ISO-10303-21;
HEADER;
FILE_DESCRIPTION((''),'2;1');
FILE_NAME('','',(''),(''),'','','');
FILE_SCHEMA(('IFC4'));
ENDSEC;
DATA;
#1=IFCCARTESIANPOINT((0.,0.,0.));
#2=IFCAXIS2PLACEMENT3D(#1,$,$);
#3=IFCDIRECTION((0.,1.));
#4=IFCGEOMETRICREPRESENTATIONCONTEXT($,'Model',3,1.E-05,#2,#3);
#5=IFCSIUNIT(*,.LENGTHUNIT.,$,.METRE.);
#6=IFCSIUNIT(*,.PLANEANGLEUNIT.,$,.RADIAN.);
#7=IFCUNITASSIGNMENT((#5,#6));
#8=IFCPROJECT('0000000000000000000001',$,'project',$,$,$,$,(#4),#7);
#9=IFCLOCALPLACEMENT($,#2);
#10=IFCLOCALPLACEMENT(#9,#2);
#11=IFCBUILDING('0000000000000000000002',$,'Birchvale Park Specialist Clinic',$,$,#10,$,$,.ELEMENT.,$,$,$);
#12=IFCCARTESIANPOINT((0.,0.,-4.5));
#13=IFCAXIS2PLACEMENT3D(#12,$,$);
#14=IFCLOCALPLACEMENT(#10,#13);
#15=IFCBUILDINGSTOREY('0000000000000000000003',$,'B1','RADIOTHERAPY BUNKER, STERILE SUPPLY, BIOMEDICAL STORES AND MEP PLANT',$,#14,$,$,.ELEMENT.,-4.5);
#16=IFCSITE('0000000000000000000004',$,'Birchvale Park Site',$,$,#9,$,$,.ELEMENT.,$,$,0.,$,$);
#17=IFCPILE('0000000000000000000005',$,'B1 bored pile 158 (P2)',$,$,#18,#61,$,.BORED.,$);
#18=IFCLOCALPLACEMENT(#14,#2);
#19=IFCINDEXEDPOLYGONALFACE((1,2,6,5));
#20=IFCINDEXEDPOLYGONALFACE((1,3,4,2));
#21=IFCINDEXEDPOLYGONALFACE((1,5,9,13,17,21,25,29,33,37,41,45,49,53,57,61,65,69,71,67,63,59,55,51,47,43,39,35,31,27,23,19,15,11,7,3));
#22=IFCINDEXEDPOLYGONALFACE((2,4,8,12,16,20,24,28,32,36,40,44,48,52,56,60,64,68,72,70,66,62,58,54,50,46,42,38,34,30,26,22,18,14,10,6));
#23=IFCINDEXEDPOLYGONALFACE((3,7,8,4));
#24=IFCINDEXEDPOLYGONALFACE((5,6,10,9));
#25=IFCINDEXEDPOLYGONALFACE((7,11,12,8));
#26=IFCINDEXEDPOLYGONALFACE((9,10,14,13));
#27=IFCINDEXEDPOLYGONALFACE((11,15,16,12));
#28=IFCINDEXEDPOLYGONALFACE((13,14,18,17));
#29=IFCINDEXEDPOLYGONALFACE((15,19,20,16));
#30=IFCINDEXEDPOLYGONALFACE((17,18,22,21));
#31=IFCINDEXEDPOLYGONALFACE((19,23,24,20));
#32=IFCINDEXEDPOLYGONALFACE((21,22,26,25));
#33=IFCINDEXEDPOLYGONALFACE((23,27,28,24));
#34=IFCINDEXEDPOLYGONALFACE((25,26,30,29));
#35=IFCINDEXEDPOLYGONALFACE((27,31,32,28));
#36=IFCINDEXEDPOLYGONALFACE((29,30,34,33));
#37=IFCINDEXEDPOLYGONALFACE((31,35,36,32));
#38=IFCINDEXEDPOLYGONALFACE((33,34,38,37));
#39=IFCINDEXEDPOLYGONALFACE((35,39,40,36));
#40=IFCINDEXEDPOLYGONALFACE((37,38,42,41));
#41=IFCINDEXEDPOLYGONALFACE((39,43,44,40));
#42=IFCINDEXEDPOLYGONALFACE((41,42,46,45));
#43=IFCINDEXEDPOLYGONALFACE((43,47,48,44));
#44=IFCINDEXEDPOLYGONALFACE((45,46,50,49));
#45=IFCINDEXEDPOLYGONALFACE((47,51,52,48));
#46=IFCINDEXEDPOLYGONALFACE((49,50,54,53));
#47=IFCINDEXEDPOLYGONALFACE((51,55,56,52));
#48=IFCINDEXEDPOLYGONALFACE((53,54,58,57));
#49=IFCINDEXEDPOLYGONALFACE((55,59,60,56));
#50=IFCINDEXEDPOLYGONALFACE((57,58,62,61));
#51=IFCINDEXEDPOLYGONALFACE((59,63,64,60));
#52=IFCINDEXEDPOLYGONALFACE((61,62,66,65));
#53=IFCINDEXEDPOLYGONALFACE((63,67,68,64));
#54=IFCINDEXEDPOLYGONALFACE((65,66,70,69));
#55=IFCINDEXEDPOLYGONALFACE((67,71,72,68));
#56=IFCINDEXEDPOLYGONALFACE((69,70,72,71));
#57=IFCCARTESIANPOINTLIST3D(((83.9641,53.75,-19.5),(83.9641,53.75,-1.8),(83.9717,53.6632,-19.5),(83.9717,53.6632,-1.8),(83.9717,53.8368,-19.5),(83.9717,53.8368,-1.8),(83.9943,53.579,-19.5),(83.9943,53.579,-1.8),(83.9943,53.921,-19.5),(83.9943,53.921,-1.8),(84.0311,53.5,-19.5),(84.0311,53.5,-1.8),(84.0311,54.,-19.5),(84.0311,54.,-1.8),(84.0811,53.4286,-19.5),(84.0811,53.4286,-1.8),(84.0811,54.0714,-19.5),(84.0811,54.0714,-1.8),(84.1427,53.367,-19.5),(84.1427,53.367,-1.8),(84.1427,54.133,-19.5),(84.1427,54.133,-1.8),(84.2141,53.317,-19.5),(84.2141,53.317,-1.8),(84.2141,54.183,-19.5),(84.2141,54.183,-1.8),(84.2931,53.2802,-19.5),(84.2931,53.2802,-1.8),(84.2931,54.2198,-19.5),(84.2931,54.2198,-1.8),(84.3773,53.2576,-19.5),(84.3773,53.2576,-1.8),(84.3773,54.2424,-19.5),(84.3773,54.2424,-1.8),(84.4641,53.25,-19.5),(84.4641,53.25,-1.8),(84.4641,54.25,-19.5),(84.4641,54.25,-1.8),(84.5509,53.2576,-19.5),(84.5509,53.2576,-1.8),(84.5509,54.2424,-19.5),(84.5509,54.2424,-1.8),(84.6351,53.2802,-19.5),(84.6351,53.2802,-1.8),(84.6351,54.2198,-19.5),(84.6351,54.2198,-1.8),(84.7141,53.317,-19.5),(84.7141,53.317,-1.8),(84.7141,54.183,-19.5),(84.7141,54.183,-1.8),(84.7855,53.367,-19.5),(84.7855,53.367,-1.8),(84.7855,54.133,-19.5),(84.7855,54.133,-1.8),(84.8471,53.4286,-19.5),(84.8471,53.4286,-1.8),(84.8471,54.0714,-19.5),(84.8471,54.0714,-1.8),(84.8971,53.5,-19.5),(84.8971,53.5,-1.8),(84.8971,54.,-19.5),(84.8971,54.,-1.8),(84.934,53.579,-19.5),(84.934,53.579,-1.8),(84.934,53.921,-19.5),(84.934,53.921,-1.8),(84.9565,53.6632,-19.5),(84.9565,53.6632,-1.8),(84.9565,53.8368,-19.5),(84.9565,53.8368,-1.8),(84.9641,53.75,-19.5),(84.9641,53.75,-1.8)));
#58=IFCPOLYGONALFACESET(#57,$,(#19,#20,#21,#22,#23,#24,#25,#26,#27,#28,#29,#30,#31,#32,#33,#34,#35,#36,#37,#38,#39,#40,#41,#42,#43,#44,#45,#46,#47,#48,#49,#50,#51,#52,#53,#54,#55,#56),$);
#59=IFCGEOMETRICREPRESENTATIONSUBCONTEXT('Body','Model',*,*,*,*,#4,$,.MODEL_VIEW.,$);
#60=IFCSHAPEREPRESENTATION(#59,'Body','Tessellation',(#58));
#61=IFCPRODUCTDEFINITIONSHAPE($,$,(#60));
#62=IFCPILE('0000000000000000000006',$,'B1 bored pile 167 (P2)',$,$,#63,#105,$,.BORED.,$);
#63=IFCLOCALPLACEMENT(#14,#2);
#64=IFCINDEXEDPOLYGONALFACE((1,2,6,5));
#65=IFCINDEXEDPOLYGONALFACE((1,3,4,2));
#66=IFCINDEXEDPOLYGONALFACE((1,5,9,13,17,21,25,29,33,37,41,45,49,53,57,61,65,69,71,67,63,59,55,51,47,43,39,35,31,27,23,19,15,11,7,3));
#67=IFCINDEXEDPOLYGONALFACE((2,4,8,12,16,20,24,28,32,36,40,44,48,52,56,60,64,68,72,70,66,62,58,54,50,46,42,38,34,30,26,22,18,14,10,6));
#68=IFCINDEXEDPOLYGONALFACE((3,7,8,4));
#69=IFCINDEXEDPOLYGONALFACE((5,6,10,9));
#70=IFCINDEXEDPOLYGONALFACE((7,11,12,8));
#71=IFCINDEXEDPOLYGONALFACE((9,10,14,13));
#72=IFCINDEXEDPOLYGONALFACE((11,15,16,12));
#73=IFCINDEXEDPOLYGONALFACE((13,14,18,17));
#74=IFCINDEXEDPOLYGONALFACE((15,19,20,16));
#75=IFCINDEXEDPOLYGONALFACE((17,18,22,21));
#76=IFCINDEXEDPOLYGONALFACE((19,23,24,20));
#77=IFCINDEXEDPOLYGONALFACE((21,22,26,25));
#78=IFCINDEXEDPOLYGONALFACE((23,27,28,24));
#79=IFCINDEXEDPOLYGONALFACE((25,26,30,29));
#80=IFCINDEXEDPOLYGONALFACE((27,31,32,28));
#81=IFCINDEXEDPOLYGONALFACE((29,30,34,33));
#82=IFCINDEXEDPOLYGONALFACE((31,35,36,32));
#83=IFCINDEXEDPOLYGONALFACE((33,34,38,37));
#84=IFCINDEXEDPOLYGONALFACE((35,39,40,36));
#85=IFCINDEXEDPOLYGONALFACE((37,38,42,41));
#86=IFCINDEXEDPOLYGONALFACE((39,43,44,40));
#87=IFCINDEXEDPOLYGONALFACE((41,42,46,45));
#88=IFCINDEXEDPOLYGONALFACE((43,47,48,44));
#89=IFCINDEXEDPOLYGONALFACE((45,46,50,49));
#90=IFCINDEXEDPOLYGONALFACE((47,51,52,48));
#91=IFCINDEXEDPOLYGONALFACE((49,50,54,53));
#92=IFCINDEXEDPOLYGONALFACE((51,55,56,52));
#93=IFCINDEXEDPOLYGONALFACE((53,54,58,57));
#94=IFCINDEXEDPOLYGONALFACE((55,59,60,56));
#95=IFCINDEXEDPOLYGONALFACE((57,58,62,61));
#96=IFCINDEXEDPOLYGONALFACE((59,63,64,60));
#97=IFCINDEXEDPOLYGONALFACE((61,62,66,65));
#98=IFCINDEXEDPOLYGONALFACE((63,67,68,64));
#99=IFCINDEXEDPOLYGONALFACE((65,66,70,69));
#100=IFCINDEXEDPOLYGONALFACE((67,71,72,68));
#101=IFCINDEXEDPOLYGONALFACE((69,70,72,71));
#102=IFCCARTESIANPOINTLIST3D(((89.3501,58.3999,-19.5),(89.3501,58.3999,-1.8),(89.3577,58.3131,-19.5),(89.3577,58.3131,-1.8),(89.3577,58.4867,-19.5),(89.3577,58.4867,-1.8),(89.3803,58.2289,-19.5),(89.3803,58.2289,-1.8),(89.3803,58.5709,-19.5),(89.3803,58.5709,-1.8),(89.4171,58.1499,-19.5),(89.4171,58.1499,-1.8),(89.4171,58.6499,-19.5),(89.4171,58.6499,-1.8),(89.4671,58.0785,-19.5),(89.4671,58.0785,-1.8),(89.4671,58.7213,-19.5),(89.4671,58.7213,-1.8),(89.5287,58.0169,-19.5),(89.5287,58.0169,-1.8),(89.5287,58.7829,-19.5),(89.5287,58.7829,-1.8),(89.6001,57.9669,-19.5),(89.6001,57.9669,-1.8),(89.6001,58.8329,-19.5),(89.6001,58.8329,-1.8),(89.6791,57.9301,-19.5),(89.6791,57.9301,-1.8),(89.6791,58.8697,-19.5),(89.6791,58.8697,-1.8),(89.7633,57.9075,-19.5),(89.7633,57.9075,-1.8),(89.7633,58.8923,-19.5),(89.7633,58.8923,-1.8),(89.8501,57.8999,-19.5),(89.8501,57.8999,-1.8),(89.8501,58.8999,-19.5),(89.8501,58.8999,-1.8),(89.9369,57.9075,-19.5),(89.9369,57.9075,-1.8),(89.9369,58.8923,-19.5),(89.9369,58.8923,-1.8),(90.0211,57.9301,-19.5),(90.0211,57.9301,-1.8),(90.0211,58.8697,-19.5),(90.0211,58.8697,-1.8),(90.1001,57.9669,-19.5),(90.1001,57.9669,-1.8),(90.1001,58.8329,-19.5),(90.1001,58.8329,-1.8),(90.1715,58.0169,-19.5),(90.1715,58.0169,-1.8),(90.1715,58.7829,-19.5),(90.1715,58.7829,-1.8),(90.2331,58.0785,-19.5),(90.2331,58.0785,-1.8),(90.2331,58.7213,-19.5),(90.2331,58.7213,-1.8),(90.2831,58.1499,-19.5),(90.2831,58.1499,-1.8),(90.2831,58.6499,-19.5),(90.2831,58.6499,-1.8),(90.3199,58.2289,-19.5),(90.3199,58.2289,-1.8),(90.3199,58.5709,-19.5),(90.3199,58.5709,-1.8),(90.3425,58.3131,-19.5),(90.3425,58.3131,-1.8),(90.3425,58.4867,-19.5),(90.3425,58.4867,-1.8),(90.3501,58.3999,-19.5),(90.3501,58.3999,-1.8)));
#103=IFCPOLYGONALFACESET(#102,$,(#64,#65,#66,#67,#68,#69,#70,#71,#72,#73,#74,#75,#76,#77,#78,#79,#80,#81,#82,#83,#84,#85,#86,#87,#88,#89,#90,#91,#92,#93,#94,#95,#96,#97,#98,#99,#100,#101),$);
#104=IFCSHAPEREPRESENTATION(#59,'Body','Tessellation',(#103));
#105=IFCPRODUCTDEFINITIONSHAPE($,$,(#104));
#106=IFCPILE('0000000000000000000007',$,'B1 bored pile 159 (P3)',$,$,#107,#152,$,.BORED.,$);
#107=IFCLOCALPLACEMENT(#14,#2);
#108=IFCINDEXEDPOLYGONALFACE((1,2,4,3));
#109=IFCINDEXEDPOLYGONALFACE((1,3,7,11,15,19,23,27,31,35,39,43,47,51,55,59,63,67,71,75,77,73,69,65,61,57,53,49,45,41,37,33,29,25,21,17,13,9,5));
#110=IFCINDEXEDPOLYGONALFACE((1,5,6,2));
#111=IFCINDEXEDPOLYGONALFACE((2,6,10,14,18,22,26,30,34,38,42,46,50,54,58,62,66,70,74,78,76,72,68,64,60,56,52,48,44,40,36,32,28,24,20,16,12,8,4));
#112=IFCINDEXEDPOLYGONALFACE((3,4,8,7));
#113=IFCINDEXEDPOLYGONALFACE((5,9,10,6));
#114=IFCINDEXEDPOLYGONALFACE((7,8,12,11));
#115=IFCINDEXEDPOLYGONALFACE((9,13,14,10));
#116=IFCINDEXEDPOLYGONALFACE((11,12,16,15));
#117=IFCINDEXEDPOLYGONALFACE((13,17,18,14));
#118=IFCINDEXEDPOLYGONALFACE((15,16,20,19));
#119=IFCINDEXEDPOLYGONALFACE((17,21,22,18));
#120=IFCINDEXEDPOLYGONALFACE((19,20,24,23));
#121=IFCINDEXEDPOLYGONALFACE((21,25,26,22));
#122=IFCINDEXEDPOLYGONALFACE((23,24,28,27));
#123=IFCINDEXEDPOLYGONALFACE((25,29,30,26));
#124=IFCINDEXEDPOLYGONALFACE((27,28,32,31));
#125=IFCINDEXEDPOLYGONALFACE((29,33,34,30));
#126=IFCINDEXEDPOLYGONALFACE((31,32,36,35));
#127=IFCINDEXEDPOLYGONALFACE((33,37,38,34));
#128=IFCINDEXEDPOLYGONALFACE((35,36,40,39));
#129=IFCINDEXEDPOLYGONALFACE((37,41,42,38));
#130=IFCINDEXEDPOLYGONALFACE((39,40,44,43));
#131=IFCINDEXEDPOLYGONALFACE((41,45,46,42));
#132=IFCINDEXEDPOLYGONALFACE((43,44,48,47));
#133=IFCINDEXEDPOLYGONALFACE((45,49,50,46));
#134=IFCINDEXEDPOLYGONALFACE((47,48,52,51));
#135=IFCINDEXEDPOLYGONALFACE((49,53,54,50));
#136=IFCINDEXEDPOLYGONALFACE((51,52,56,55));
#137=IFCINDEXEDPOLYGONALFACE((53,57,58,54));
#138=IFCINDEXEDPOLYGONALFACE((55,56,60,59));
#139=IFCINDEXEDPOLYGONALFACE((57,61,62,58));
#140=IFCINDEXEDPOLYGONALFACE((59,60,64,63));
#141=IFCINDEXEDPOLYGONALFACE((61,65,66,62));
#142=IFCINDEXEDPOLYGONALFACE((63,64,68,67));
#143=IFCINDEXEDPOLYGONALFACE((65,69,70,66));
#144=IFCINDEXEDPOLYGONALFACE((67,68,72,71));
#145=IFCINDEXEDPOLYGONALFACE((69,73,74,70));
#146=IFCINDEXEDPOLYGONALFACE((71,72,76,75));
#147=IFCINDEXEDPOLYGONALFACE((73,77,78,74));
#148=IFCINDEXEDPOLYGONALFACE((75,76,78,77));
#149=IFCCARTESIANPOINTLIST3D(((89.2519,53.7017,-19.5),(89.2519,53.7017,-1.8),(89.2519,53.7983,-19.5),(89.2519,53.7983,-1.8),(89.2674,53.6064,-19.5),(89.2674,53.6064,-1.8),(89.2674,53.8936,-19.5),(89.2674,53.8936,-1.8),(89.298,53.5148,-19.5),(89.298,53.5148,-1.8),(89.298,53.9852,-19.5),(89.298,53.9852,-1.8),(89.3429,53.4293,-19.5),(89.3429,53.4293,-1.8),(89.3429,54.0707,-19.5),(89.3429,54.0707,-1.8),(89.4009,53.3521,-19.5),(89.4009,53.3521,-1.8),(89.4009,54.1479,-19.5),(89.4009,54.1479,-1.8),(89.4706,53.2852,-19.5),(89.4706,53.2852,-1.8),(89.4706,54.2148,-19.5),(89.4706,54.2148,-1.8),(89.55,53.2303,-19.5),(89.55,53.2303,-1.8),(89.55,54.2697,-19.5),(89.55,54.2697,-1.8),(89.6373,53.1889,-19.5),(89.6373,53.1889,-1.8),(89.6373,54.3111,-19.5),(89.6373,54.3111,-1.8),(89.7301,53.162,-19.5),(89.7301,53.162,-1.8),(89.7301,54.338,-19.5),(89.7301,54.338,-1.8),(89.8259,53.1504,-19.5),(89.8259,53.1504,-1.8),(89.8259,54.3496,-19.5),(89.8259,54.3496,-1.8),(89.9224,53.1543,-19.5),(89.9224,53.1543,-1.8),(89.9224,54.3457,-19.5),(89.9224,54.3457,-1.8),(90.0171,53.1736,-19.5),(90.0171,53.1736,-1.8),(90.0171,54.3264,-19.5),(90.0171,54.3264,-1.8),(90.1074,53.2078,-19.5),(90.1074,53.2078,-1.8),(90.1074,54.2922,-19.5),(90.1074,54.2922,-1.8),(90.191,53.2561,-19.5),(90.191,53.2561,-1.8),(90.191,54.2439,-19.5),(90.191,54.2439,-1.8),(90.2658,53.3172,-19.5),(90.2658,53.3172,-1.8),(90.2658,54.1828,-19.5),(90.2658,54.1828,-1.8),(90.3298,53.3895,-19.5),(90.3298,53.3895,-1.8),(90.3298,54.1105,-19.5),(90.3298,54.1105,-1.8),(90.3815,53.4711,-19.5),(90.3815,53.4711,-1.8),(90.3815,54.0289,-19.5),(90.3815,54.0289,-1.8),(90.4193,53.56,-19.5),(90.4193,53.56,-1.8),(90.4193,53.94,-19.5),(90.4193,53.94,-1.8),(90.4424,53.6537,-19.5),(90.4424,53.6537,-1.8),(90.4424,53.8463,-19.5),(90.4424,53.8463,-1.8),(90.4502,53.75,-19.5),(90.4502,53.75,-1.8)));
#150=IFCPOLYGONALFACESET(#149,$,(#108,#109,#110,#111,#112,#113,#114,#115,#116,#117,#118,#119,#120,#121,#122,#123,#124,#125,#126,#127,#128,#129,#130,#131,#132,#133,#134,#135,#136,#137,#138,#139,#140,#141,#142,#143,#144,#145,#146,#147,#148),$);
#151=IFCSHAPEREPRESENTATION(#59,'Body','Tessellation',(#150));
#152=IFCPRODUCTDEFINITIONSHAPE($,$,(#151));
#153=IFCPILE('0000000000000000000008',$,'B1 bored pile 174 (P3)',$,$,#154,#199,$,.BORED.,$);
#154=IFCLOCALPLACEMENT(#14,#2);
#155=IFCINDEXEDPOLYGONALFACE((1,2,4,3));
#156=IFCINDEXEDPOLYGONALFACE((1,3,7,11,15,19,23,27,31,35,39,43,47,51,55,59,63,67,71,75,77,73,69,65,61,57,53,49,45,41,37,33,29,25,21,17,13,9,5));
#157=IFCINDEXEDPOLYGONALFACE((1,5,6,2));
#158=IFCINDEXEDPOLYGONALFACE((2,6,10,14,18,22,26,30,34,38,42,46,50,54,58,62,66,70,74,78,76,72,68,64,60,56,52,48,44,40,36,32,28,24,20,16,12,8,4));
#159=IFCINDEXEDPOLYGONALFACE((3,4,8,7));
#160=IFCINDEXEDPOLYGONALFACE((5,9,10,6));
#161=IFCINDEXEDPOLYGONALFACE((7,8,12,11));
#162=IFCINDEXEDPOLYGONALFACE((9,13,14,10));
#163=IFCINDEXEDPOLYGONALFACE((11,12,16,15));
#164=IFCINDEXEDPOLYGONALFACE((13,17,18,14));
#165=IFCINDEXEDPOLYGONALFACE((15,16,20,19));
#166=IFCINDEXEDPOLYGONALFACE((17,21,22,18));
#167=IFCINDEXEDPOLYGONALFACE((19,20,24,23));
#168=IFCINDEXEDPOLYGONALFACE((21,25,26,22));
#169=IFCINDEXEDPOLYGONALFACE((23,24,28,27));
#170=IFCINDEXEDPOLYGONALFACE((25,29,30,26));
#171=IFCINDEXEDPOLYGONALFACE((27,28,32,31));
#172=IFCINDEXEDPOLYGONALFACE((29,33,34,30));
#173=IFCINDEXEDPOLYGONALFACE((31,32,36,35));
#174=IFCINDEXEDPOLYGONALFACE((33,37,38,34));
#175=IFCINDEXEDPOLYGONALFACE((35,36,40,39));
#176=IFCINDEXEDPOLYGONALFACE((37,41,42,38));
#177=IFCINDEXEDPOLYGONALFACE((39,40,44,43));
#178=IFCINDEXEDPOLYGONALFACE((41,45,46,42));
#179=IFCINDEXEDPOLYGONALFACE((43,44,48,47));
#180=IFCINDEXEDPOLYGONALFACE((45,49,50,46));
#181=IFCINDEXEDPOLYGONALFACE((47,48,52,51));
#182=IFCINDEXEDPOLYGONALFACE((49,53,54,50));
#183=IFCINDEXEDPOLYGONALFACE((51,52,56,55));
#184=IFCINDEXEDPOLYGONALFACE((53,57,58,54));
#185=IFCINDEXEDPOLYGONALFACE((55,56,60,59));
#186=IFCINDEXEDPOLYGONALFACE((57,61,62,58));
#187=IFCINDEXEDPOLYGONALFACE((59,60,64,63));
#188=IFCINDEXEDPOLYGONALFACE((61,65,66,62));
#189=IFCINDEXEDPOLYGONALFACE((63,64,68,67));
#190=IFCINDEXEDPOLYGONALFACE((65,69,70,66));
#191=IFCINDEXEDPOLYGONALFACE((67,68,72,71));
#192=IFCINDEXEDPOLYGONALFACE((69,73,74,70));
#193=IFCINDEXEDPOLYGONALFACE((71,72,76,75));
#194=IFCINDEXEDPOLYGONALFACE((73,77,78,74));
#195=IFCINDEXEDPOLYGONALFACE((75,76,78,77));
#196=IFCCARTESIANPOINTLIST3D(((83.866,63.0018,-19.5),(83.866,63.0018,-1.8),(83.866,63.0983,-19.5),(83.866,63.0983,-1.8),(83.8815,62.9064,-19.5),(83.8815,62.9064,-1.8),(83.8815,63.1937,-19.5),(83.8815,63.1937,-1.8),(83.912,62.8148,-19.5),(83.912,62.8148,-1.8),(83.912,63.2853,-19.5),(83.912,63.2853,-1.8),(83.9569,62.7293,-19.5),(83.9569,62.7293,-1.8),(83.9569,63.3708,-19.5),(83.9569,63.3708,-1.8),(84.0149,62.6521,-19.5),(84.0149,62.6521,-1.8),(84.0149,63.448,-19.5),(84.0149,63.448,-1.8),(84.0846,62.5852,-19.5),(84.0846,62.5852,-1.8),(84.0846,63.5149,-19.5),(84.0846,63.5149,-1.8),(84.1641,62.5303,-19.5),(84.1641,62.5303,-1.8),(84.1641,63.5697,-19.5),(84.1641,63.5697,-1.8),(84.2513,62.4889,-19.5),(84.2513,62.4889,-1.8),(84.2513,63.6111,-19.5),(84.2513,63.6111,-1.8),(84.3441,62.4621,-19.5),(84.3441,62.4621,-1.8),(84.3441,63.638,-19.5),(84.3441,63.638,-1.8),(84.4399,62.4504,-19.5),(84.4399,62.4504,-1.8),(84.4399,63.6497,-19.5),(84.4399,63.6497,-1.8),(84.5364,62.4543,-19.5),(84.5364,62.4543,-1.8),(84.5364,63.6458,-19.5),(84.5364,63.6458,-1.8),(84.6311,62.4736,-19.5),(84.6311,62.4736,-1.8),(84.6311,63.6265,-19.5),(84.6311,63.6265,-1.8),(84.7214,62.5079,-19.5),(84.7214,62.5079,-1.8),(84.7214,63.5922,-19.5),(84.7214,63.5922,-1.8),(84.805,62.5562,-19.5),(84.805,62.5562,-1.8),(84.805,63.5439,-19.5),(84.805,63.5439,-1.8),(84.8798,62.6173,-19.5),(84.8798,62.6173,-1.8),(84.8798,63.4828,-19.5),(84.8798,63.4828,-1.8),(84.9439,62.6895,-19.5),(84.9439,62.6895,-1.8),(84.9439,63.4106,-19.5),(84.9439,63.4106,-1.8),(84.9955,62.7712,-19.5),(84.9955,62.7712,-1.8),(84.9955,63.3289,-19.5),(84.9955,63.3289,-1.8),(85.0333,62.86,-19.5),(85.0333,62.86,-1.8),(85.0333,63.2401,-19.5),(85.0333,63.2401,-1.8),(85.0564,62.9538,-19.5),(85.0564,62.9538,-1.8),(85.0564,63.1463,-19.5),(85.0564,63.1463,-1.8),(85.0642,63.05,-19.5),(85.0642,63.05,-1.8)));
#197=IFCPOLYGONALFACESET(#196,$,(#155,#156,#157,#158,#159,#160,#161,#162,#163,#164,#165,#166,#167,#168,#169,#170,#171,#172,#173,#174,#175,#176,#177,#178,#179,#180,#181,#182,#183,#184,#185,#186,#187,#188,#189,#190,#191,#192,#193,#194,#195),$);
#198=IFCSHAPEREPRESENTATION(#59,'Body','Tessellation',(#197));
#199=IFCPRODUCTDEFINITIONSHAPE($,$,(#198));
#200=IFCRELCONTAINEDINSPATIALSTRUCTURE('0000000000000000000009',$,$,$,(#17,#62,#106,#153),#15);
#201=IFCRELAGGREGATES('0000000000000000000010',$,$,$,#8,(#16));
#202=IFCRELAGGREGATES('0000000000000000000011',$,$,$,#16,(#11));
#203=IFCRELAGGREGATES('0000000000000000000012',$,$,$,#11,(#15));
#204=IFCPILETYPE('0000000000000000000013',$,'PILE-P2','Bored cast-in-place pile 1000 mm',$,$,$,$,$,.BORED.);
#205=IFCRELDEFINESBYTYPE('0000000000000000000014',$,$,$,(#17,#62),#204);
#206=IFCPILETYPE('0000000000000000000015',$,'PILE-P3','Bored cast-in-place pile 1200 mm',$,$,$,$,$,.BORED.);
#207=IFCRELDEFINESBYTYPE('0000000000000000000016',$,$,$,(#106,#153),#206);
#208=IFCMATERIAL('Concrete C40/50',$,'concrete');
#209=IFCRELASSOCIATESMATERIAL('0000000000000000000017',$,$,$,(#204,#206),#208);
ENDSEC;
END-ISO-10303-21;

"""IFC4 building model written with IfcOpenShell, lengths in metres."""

from ifc_helpers import new_model, si_unit, direction, frame, origin, origin_2d, place, context, subcontext, project, spatial, circle, extrude, material, material_profile, profile_set, type_object, element, save


model = new_model("IFC4")

# Units and contexts
model_context = context("Model", 3, precision=1e-05, world=origin(), true_north=direction((0.0, 1.0)))
body_context = subcontext(model_context, "Body", "Model", "MODEL_VIEW")
ifc_project = project(units=[si_unit("LENGTHUNIT", "METRE"), si_unit("PLANEANGLEUNIT", "RADIAN")], contexts=[model_context])

# Site, building, storey
site_placement = place(None, origin())
site = spatial("IfcSite", under=ifc_project, at=site_placement, Name="Birchvale Park Site", CompositionType="ELEMENT", RefElevation=0.0)
building_placement = place(site_placement, origin())
building = spatial("IfcBuilding", under=site, at=building_placement, Name="Birchvale Park Specialist Clinic", CompositionType="ELEMENT")
storey_placement = place(building_placement, frame((0.0, 0.0, -4.5)))
storey = spatial("IfcBuildingStorey", under=building, at=storey_placement, Name="B1", Description="RADIOTHERAPY BUNKER, STERILE SUPPLY, BIOMEDICAL STORES AND MEP PLANT", CompositionType="ELEMENT", Elevation=-4.5)

# Shared definitions
ifc_material = material(Name="Concrete C40/50", Category="concrete")

# Piles
ifc_material_profile_1 = material_profile(ifc_material, circle(Radius=0.5, at=origin_2d()), Name="PILE-1000")
ifc_profile_set_1 = profile_set([ifc_material_profile_1], Name="Concrete C40/50")
pile_type_1 = type_object("IfcPileType", Name="PILE-P2", Description="Bored cast-in-place pile 1000 mm", PredefinedType="BORED", material=ifc_profile_set_1)
for number, where, z_axis, x_axis, name in (
    (1, (84.4641, 53.75, -1.8), (0.0, 0.0, -1.0), (1.0, 0.0, 0.0), "B1 bored pile 158 (P2)"),
    (2, (89.8501, 58.3999, -1.8), (0.0, 0.0, -1.0), (1.0, 0.0, 0.0), "B1 bored pile 167 (P2)"),
):
    element("IfcPile", number, at=place(storey_placement, frame(where, z_axis=z_axis, x_axis=x_axis)), inside=storey, type_object=pile_type_1, Name=name, PredefinedType="BORED", context=body_context, shape_type="SweptSolid", body=[
        extrude(circle(Radius=0.5, at=origin_2d()), origin(), (0.0, 0.0, 1.0), 17.7),
    ])
ifc_material_profile_2 = material_profile(ifc_material, circle(Radius=0.6001, at=origin_2d()), Name="PILE-1200")
ifc_profile_set_2 = profile_set([ifc_material_profile_2], Name="Concrete C40/50")
pile_type_2 = type_object("IfcPileType", Name="PILE-P3", Description="Bored cast-in-place pile 1200 mm", PredefinedType="BORED", material=ifc_profile_set_2)
for number, where, z_axis, x_axis, name in (
    (3, (89.8501, 53.75, -1.8), (0.0, 0.0, -1.0), (1.0, 0.0, 0.0), "B1 bored pile 159 (P3)"),
    (4, (84.4641, 63.05, -1.8), (0.0, 0.0, -1.0), (1.0, 0.0, 0.0), "B1 bored pile 174 (P3)"),
):
    element("IfcPile", number, at=place(storey_placement, frame(where, z_axis=z_axis, x_axis=x_axis)), inside=storey, type_object=pile_type_2, Name=name, PredefinedType="BORED", context=body_context, shape_type="SweptSolid", body=[
        extrude(circle(Radius=0.6001, at=origin_2d()), origin(), (0.0, 0.0, 1.0), 17.7),
    ])

save(model, "model.ifc")
